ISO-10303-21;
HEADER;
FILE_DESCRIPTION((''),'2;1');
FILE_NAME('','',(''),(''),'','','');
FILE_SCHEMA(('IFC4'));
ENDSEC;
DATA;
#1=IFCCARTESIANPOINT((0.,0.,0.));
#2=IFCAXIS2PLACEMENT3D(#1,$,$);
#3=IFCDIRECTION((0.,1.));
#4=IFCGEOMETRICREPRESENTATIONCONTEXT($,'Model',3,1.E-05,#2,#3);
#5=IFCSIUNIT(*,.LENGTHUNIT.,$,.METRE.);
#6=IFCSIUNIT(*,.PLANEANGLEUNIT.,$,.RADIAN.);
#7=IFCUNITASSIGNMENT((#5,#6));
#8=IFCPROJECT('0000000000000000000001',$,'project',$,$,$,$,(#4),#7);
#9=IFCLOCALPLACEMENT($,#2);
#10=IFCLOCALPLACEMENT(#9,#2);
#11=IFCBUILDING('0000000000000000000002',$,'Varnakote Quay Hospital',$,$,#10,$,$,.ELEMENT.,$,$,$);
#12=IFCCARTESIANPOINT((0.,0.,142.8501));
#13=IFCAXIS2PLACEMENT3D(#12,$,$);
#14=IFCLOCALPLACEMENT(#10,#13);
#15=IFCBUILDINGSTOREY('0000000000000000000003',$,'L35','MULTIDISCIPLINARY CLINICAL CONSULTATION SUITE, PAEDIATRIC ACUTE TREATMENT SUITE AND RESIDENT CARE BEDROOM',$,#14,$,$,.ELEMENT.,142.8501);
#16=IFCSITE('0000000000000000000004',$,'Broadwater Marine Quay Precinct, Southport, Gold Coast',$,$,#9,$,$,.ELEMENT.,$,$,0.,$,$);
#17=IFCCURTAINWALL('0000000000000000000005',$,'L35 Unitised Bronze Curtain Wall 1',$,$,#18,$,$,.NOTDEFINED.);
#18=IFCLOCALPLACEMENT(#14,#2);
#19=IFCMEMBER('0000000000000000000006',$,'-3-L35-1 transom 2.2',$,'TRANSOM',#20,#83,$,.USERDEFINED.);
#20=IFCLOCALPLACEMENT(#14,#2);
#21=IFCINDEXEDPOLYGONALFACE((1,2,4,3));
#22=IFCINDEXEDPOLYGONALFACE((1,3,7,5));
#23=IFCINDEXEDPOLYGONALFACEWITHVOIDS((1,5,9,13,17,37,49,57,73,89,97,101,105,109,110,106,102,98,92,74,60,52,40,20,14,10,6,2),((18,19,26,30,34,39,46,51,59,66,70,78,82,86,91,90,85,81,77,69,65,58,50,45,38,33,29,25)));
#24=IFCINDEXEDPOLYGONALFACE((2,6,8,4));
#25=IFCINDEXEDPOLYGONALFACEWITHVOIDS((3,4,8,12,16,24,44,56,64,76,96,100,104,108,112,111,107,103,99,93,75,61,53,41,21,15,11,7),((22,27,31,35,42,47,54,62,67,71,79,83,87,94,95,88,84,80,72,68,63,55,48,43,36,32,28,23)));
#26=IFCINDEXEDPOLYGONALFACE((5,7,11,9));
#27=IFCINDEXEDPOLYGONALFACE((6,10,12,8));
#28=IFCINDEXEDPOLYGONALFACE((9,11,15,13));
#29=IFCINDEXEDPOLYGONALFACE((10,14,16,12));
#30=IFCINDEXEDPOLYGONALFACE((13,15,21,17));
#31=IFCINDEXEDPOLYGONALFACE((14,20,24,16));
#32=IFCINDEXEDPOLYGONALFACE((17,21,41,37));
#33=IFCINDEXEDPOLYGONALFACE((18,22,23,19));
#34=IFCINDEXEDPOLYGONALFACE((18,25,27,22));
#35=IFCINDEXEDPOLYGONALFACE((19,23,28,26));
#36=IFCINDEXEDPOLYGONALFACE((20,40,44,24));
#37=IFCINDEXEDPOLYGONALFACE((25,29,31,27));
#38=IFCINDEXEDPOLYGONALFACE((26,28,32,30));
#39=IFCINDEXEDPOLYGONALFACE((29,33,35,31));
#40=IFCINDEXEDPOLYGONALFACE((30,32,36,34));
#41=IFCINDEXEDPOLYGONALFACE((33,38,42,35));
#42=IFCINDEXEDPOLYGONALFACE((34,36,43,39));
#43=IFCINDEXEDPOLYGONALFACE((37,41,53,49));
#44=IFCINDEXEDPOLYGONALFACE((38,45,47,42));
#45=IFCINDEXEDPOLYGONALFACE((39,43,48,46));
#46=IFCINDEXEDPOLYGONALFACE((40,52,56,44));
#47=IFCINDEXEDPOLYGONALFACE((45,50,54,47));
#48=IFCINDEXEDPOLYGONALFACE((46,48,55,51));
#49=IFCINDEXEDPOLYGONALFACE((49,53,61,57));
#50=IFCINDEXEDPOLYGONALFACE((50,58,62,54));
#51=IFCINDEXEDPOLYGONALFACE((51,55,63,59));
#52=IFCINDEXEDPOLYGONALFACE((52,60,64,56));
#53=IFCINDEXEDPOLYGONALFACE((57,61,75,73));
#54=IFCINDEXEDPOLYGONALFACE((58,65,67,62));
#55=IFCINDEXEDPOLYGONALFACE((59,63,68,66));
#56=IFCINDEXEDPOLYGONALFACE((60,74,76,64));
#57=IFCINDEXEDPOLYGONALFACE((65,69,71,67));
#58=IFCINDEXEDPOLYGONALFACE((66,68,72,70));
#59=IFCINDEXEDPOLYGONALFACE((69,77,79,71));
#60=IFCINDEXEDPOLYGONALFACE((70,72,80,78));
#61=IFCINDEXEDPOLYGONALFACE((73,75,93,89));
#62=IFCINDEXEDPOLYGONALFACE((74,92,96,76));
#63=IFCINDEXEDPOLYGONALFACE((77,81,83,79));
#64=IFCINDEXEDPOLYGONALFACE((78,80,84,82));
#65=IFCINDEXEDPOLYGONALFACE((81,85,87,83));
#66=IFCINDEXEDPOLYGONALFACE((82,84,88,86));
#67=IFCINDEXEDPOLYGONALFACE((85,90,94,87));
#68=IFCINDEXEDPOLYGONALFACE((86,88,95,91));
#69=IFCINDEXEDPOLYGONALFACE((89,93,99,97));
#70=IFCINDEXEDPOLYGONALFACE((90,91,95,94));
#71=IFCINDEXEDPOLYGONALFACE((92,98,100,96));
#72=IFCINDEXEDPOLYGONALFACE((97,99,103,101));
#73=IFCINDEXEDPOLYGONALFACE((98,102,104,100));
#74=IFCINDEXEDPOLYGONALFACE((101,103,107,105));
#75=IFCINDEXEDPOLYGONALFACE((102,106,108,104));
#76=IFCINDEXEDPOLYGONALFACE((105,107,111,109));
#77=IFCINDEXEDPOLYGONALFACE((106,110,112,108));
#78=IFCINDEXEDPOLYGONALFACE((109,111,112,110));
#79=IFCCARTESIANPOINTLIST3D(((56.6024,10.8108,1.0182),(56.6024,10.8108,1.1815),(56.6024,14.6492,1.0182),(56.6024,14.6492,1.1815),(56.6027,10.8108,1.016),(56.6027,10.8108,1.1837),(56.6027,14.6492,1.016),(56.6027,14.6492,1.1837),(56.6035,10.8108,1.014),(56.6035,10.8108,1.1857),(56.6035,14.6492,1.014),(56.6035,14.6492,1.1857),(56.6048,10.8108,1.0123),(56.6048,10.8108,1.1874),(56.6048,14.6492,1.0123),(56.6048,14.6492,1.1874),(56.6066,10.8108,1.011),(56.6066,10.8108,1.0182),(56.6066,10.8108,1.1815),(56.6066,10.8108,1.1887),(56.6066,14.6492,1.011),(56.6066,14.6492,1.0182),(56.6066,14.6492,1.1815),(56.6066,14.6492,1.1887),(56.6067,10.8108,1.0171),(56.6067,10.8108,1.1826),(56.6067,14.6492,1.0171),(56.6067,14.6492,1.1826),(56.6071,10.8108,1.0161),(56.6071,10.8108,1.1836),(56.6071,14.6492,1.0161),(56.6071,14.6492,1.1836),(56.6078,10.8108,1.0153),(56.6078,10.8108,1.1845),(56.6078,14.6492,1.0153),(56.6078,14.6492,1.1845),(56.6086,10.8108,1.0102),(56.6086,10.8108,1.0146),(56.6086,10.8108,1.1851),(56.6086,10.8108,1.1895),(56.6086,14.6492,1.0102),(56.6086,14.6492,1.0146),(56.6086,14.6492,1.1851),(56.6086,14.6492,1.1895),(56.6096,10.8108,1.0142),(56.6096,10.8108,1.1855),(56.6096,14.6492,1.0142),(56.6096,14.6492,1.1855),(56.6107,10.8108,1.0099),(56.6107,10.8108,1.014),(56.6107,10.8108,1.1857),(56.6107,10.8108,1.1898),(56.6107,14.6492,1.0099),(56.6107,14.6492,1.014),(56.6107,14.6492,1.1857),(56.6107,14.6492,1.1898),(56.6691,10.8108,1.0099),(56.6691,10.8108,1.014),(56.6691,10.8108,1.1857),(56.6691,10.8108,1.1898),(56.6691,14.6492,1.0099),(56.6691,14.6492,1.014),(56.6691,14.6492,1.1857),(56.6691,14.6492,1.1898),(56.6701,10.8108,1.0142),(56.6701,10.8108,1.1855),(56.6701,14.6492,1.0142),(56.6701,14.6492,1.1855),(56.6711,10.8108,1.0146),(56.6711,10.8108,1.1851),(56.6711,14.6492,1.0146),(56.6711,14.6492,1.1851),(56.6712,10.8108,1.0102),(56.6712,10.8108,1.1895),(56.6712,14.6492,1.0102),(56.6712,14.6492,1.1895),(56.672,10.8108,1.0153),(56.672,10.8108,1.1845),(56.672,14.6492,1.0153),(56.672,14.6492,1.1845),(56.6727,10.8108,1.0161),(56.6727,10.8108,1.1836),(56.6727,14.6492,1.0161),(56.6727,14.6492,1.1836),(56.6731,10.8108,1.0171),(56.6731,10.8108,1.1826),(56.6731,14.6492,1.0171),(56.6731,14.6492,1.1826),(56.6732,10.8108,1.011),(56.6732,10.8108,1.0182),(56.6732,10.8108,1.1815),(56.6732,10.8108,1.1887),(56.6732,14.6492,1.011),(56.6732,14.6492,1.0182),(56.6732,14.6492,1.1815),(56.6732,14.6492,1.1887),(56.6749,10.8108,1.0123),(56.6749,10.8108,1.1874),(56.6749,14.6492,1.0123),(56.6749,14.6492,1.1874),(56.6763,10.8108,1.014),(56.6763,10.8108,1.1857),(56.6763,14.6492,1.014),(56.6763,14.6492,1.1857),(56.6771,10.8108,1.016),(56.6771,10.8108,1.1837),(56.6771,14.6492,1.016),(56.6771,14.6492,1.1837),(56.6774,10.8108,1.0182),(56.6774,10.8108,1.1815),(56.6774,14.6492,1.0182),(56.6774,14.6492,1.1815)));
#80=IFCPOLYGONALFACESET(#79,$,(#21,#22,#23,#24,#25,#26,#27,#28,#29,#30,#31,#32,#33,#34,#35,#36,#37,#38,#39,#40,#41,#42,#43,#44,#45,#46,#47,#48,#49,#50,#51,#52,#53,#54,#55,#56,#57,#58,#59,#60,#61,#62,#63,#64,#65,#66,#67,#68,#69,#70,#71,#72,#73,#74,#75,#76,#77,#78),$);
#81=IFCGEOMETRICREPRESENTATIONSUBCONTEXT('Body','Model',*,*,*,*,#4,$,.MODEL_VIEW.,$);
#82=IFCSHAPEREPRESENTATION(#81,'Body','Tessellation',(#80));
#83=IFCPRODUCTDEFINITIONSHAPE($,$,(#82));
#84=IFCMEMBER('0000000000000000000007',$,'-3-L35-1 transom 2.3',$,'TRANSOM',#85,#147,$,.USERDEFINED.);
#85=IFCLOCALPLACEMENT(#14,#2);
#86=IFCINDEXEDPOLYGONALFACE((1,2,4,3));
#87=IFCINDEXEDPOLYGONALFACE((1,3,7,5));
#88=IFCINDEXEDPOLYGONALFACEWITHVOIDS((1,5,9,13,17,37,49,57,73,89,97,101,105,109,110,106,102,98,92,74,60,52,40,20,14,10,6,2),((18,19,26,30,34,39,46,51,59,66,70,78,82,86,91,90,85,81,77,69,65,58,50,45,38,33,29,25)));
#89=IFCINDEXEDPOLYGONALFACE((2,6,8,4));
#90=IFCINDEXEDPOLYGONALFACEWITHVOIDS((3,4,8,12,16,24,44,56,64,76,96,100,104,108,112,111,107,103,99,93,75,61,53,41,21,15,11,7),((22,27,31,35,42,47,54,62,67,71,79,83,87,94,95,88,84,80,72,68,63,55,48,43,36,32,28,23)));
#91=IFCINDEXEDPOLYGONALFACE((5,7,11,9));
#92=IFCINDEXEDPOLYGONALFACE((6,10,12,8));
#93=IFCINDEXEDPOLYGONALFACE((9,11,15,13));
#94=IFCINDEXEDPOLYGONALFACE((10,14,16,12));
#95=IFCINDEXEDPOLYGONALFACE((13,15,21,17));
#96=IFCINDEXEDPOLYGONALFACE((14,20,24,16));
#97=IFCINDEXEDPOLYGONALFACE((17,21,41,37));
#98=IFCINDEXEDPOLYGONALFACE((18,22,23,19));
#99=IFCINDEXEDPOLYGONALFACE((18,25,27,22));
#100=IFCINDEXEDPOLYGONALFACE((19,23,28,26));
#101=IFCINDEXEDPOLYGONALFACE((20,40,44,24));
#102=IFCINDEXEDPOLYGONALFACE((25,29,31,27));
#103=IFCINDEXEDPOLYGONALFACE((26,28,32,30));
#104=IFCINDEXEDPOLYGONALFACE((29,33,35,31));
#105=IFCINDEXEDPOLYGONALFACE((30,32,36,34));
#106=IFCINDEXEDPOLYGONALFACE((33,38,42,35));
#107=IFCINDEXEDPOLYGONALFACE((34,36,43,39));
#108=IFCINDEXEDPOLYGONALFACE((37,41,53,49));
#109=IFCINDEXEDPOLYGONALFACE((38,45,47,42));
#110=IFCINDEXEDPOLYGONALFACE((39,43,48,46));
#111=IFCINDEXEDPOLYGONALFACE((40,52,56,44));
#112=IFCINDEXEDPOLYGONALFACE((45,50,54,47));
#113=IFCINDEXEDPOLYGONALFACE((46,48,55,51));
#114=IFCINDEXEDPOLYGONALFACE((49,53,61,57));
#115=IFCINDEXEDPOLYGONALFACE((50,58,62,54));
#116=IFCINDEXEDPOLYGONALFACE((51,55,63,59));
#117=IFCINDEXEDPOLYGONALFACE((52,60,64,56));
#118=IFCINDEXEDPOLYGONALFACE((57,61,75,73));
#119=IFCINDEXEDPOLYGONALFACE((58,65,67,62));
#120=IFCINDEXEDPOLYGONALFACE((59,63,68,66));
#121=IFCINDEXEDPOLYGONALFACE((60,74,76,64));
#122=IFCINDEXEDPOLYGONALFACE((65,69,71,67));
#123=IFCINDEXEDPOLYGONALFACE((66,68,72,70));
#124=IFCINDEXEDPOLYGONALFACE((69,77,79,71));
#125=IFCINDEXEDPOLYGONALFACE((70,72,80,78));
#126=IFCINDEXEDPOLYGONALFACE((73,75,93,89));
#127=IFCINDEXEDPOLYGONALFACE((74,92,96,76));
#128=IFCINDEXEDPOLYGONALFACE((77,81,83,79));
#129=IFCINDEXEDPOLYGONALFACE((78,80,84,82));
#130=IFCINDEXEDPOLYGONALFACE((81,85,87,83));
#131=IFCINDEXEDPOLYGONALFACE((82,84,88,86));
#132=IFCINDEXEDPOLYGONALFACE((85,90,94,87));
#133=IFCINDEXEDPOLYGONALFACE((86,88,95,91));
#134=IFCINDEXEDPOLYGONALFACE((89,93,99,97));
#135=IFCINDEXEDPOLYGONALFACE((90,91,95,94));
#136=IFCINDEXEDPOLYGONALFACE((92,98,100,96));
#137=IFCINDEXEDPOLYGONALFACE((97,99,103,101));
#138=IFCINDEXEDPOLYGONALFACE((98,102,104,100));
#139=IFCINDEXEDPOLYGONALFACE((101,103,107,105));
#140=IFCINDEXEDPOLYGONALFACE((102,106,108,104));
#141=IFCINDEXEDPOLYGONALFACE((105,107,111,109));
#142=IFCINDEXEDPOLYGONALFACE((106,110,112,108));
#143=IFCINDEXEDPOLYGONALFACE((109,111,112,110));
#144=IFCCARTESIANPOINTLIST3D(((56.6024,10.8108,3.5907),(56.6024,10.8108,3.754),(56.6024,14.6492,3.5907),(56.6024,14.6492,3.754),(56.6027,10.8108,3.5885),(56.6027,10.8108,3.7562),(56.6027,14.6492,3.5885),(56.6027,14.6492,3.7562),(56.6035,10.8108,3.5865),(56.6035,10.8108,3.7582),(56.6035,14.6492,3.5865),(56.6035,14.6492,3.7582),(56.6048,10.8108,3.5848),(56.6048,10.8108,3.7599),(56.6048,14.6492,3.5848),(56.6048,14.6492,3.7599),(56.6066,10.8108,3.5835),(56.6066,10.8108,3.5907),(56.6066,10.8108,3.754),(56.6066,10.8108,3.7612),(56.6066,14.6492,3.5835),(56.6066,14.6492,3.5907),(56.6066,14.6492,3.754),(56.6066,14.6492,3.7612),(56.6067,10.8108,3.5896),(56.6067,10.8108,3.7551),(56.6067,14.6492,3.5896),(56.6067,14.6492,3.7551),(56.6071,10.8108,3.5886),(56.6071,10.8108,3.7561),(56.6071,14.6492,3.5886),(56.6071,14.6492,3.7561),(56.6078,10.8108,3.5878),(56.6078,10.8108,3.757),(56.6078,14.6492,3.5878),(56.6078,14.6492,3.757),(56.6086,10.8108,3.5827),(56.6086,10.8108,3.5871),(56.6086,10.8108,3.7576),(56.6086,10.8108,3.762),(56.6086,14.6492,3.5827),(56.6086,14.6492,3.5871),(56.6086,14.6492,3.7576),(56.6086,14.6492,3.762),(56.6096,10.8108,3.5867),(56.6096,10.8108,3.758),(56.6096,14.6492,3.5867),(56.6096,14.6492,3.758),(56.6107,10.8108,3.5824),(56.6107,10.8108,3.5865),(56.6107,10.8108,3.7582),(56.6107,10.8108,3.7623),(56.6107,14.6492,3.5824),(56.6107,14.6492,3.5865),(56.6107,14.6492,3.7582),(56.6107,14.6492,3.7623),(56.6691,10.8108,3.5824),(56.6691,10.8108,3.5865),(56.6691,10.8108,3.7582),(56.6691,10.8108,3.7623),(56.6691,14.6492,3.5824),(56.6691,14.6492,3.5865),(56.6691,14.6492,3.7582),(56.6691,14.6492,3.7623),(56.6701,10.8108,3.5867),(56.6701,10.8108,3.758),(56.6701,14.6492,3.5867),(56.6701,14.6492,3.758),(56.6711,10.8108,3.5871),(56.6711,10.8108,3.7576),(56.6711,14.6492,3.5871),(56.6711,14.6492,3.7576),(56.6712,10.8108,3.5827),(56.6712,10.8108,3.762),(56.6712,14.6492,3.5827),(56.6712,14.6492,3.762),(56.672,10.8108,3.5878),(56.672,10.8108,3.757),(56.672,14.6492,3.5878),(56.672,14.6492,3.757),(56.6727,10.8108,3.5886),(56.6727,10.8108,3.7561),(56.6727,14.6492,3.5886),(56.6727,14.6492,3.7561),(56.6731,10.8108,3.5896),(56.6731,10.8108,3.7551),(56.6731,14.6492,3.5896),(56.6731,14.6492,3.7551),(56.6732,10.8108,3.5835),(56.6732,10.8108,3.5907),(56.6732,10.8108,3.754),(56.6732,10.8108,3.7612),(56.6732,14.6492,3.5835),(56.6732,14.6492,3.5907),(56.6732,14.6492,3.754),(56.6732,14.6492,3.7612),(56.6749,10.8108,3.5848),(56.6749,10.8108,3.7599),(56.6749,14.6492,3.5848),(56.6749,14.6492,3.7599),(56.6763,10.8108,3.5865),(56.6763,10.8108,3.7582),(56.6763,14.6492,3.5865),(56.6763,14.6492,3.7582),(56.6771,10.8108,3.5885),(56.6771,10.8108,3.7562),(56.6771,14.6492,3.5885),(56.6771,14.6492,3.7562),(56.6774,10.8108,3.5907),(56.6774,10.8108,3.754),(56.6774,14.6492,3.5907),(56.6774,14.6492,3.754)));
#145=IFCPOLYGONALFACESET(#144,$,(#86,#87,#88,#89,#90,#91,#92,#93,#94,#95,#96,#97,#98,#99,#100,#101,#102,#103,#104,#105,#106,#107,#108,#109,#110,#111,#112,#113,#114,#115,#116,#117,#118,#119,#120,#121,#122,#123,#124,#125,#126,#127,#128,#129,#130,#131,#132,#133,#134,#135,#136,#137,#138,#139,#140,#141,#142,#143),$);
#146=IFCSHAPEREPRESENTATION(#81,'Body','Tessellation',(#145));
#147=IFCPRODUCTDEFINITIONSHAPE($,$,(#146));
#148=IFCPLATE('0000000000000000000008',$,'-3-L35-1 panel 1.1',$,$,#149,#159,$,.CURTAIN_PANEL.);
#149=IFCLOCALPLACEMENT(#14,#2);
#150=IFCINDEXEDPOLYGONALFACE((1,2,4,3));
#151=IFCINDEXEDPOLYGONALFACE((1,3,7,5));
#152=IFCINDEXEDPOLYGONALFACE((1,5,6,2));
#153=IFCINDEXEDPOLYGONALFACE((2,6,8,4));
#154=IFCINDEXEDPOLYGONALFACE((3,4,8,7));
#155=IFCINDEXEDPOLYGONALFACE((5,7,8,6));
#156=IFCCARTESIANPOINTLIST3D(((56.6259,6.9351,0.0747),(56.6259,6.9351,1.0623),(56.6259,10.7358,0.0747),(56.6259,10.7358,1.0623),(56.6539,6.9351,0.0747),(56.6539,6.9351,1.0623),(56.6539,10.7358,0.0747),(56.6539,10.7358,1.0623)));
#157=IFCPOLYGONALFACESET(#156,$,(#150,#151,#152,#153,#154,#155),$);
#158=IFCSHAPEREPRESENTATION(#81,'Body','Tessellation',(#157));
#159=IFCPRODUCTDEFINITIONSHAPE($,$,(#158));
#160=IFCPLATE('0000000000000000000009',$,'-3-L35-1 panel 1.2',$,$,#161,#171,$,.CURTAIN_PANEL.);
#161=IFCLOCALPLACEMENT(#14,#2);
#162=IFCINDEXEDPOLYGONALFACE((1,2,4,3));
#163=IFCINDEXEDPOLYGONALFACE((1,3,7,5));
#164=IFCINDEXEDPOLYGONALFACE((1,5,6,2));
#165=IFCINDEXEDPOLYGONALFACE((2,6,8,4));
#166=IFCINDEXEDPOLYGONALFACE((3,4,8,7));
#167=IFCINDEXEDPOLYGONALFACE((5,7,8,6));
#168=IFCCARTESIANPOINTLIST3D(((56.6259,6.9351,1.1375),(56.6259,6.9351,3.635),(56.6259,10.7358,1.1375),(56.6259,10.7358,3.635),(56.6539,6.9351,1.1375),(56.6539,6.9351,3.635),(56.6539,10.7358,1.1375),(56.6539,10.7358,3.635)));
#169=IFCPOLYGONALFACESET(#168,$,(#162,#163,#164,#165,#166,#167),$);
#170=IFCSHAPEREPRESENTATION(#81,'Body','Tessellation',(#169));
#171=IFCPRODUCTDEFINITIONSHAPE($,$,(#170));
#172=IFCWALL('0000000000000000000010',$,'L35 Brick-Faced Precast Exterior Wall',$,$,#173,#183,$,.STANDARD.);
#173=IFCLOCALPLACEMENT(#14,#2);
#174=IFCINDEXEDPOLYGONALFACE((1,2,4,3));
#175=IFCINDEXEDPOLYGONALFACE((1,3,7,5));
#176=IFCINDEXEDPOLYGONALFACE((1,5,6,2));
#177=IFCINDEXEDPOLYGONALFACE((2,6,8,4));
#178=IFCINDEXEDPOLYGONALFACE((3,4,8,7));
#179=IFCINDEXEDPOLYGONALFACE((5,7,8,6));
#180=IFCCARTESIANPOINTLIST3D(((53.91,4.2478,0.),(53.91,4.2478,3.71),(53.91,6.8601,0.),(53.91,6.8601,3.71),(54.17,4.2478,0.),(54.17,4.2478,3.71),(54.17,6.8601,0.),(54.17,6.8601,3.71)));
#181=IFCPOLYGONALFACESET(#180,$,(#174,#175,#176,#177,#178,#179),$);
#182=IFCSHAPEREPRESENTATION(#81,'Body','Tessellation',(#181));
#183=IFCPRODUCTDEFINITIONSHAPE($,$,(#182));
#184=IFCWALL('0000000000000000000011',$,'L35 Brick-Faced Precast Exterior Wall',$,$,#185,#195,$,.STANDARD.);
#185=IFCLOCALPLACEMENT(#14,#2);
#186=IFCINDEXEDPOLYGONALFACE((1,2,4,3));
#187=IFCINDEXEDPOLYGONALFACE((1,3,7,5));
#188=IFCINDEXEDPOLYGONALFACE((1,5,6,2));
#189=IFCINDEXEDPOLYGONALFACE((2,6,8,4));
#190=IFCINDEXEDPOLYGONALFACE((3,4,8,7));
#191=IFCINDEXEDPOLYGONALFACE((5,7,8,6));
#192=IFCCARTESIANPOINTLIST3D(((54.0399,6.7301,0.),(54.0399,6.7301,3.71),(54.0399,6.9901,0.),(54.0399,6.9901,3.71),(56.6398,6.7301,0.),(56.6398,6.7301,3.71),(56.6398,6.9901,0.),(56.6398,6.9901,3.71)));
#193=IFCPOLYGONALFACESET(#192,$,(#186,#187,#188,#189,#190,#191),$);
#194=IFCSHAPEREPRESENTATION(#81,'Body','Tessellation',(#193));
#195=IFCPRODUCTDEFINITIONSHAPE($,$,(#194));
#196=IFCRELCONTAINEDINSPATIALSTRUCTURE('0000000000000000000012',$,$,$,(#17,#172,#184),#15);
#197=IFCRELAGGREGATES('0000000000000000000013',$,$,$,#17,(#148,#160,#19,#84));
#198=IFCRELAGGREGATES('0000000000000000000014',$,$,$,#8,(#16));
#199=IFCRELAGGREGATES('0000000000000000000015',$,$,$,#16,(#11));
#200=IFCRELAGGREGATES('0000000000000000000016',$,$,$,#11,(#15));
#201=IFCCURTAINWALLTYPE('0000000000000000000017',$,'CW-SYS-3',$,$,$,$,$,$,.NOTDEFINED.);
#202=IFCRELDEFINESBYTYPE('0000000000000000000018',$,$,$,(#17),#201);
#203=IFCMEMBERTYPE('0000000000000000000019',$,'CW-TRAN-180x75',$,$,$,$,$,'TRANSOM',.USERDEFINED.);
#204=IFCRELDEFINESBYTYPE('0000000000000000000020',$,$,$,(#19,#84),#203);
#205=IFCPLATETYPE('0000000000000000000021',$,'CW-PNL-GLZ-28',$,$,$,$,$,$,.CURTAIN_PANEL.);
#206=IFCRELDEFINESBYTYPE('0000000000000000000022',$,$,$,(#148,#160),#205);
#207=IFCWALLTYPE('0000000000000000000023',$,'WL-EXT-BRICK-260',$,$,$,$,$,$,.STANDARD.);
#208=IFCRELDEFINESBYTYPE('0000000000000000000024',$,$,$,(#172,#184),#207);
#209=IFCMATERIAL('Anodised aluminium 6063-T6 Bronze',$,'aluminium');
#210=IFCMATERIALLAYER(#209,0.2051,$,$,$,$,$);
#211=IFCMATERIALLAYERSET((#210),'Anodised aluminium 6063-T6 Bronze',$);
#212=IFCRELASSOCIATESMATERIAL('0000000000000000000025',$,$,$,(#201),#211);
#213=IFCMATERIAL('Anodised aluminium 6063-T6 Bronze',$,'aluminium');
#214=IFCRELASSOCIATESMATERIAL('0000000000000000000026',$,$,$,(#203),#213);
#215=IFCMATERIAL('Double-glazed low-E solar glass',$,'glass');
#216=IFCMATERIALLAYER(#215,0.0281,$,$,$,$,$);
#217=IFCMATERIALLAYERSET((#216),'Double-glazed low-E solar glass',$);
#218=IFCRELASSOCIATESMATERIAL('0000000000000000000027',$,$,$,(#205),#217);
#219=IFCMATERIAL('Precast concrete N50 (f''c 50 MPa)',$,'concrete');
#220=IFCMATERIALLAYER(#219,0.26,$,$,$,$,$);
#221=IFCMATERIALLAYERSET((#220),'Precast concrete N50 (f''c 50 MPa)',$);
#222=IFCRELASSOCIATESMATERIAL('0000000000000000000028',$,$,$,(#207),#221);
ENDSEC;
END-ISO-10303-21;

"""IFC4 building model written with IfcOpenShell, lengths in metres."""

from ifc_helpers import new_model, si_unit, direction, frame, frame_2d, origin, origin_2d, place, context, subcontext, project, spatial, rectangle, hollow_rectangle, extrude, material, layer, layer_set, material_profile, profile_set, type_object, element, aggregate, save


model = new_model("IFC4")

# Units and contexts
model_context = context("Model", 3, precision=1e-05, world=origin(), true_north=direction((0.0, 1.0)))
body_context = subcontext(model_context, "Body", "Model", "MODEL_VIEW")
ifc_project = project(units=[si_unit("LENGTHUNIT", "METRE"), si_unit("PLANEANGLEUNIT", "RADIAN")], contexts=[model_context])

# Site, building, storey
site_placement = place(None, origin())
site = spatial("IfcSite", under=ifc_project, at=site_placement, Name="Broadwater Marine Quay Precinct, Southport, Gold Coast", CompositionType="ELEMENT", RefElevation=0.0)
building_placement = place(site_placement, origin())
building = spatial("IfcBuilding", under=site, at=building_placement, Name="Varnakote Quay Hospital", CompositionType="ELEMENT")
storey_placement = place(building_placement, frame((0.0, 0.0, 142.8501)))
storey = spatial("IfcBuildingStorey", under=building, at=storey_placement, Name="L35", Description="MULTIDISCIPLINARY CLINICAL CONSULTATION SUITE, PAEDIATRIC ACUTE TREATMENT SUITE AND RESIDENT CARE BEDROOM", CompositionType="ELEMENT", Elevation=142.8501)

# Curtain wall, members, plates
ifc_material_1 = material(Name="Anodised aluminium 6063-T6 Bronze", Category="aluminium")
ifc_layer_1 = layer(ifc_material_1, 0.2051)
ifc_layer_set_1 = layer_set([ifc_layer_1], Name="Anodised aluminium 6063-T6 Bronze")
curtain_wall_type = type_object("IfcCurtainWallType", Name="CW-SYS-3", PredefinedType="NOTDEFINED", material=ifc_layer_set_1)
curtain_wall_placement = place(storey_placement, origin())
curtain_wall = element("IfcCurtainWall", 1, at=curtain_wall_placement, inside=storey, type_object=curtain_wall_type, Name="L35 Unitised Bronze Curtain Wall 1", PredefinedType="NOTDEFINED")
ifc_material_2 = material(Name="Anodised aluminium 6063-T6 Bronze", Category="aluminium")
ifc_material_profile_1 = material_profile(ifc_material_2, hollow_rectangle(XDim=0.075, YDim=0.1799, WallThickness=0.0042, InnerFilletRadius=0.0042, OuterFilletRadius=0.0083, at=origin_2d()), Name="CW-TRAN-180x75")
ifc_profile_set_1 = profile_set([ifc_material_profile_1], Name="Anodised aluminium 6063-T6 Bronze")
member_type_1 = type_object("IfcMemberType", Name="CW-TRAN-180x75", ElementType="TRANSOM", PredefinedType="USERDEFINED", material=ifc_profile_set_1)
member_1_placement = place(storey_placement, frame((56.6399, 10.8108, 1.0999), z_axis=(0.0, 1.0, 0.0), x_axis=(-1.0, 0.0, 0.0)))
member_1 = element("IfcMember", 2, at=member_1_placement, type_object=member_type_1, Name="-3-L35-1 transom 2.2", ObjectType="TRANSOM", PredefinedType="USERDEFINED", context=body_context, shape_type="SweptSolid", body=[
    extrude(hollow_rectangle(XDim=0.075, YDim=0.1799, WallThickness=0.0042, InnerFilletRadius=0.0042, OuterFilletRadius=0.0083, at=origin_2d()), origin(), (0.0, 0.0, 1.0), 3.8384),
])
member_2_placement = place(storey_placement, frame((56.6399, 10.8108, 3.6724), z_axis=(0.0, 1.0, 0.0), x_axis=(-1.0, 0.0, 0.0)))
member_2 = element("IfcMember", 3, at=member_2_placement, type_object=member_type_1, Name="-3-L35-1 transom 2.3", ObjectType="TRANSOM", PredefinedType="USERDEFINED", context=body_context, shape_type="SweptSolid", body=[
    extrude(hollow_rectangle(XDim=0.075, YDim=0.1799, WallThickness=0.0042, InnerFilletRadius=0.0042, OuterFilletRadius=0.0083, at=origin_2d()), origin(), (0.0, 0.0, 1.0), 3.8384),
])
ifc_material_3 = material(Name="Double-glazed low-E solar glass", Category="glass")
ifc_layer_2 = layer(ifc_material_3, 0.0281)
ifc_layer_set_2 = layer_set([ifc_layer_2], Name="Double-glazed low-E solar glass")
plate_type = type_object("IfcPlateType", Name="CW-PNL-GLZ-28", PredefinedType="CURTAIN_PANEL", material=ifc_layer_set_2)
plate_1_placement = place(storey_placement, frame((56.6399, 8.8354, 0.0747), z_axis=(0.0, 0.0, 1.0), x_axis=(0.0, 1.0, 0.0)))
plate_1 = element("IfcPlate", 4, at=plate_1_placement, type_object=plate_type, Name="-3-L35-1 panel 1.1", PredefinedType="CURTAIN_PANEL", context=body_context, shape_type="SweptSolid", body=[
    extrude(rectangle(XDim=3.8008, YDim=0.0281, at=origin_2d()), origin(), (0.0, 0.0, 1.0), 0.9875),
])
plate_2_placement = place(storey_placement, frame((56.6399, 8.8354, 1.1375), z_axis=(0.0, 0.0, 1.0), x_axis=(0.0, 1.0, 0.0)))
plate_2 = element("IfcPlate", 5, at=plate_2_placement, type_object=plate_type, Name="-3-L35-1 panel 1.2", PredefinedType="CURTAIN_PANEL", context=body_context, shape_type="SweptSolid", body=[
    extrude(rectangle(XDim=3.8008, YDim=0.0281, at=origin_2d()), origin(), (0.0, 0.0, 1.0), 2.4976),
])
aggregate(curtain_wall, [plate_1, plate_2, member_1, member_2])

# Walls
ifc_material_4 = material(Name="Precast concrete N50 (f'c 50 MPa)", Category="concrete")
ifc_layer_3 = layer(ifc_material_4, 0.26)
ifc_layer_set_3 = layer_set([ifc_layer_3], Name="Precast concrete N50 (f'c 50 MPa)")
wall_type_1 = type_object("IfcWallType", Name="WL-EXT-BRICK-260", PredefinedType="STANDARD", material=ifc_layer_set_3)
wall_1_placement = place(storey_placement, frame((54.04, 4.2478, 0.0), z_axis=(0.0, 0.0, 1.0), x_axis=(0.0, 1.0, 0.0)))
element("IfcWall", 6, at=wall_1_placement, inside=storey, type_object=wall_type_1, Name="L35 Brick-Faced Precast Exterior Wall", PredefinedType="STANDARD", context=body_context, shape_type="SweptSolid", body=[
    extrude(rectangle(XDim=2.6123, YDim=0.26, at=frame_2d((1.3062, 0.0))), origin(), (0.0, 0.0, 1.0), 3.71),
])
wall_2_placement = place(storey_placement, frame((54.04, 6.8601, 0.0), z_axis=(0.0, 0.0, 1.0), x_axis=(1.0, 0.0, 0.0)))
element("IfcWall", 7, at=wall_2_placement, inside=storey, type_object=wall_type_1, Name="L35 Brick-Faced Precast Exterior Wall", PredefinedType="STANDARD", context=body_context, shape_type="SweptSolid", body=[
    extrude(rectangle(XDim=2.5999, YDim=0.26, at=frame_2d((1.2998, 0.0))), origin(), (0.0, 0.0, 1.0), 3.71),
])

save(model, "model.ifc")
